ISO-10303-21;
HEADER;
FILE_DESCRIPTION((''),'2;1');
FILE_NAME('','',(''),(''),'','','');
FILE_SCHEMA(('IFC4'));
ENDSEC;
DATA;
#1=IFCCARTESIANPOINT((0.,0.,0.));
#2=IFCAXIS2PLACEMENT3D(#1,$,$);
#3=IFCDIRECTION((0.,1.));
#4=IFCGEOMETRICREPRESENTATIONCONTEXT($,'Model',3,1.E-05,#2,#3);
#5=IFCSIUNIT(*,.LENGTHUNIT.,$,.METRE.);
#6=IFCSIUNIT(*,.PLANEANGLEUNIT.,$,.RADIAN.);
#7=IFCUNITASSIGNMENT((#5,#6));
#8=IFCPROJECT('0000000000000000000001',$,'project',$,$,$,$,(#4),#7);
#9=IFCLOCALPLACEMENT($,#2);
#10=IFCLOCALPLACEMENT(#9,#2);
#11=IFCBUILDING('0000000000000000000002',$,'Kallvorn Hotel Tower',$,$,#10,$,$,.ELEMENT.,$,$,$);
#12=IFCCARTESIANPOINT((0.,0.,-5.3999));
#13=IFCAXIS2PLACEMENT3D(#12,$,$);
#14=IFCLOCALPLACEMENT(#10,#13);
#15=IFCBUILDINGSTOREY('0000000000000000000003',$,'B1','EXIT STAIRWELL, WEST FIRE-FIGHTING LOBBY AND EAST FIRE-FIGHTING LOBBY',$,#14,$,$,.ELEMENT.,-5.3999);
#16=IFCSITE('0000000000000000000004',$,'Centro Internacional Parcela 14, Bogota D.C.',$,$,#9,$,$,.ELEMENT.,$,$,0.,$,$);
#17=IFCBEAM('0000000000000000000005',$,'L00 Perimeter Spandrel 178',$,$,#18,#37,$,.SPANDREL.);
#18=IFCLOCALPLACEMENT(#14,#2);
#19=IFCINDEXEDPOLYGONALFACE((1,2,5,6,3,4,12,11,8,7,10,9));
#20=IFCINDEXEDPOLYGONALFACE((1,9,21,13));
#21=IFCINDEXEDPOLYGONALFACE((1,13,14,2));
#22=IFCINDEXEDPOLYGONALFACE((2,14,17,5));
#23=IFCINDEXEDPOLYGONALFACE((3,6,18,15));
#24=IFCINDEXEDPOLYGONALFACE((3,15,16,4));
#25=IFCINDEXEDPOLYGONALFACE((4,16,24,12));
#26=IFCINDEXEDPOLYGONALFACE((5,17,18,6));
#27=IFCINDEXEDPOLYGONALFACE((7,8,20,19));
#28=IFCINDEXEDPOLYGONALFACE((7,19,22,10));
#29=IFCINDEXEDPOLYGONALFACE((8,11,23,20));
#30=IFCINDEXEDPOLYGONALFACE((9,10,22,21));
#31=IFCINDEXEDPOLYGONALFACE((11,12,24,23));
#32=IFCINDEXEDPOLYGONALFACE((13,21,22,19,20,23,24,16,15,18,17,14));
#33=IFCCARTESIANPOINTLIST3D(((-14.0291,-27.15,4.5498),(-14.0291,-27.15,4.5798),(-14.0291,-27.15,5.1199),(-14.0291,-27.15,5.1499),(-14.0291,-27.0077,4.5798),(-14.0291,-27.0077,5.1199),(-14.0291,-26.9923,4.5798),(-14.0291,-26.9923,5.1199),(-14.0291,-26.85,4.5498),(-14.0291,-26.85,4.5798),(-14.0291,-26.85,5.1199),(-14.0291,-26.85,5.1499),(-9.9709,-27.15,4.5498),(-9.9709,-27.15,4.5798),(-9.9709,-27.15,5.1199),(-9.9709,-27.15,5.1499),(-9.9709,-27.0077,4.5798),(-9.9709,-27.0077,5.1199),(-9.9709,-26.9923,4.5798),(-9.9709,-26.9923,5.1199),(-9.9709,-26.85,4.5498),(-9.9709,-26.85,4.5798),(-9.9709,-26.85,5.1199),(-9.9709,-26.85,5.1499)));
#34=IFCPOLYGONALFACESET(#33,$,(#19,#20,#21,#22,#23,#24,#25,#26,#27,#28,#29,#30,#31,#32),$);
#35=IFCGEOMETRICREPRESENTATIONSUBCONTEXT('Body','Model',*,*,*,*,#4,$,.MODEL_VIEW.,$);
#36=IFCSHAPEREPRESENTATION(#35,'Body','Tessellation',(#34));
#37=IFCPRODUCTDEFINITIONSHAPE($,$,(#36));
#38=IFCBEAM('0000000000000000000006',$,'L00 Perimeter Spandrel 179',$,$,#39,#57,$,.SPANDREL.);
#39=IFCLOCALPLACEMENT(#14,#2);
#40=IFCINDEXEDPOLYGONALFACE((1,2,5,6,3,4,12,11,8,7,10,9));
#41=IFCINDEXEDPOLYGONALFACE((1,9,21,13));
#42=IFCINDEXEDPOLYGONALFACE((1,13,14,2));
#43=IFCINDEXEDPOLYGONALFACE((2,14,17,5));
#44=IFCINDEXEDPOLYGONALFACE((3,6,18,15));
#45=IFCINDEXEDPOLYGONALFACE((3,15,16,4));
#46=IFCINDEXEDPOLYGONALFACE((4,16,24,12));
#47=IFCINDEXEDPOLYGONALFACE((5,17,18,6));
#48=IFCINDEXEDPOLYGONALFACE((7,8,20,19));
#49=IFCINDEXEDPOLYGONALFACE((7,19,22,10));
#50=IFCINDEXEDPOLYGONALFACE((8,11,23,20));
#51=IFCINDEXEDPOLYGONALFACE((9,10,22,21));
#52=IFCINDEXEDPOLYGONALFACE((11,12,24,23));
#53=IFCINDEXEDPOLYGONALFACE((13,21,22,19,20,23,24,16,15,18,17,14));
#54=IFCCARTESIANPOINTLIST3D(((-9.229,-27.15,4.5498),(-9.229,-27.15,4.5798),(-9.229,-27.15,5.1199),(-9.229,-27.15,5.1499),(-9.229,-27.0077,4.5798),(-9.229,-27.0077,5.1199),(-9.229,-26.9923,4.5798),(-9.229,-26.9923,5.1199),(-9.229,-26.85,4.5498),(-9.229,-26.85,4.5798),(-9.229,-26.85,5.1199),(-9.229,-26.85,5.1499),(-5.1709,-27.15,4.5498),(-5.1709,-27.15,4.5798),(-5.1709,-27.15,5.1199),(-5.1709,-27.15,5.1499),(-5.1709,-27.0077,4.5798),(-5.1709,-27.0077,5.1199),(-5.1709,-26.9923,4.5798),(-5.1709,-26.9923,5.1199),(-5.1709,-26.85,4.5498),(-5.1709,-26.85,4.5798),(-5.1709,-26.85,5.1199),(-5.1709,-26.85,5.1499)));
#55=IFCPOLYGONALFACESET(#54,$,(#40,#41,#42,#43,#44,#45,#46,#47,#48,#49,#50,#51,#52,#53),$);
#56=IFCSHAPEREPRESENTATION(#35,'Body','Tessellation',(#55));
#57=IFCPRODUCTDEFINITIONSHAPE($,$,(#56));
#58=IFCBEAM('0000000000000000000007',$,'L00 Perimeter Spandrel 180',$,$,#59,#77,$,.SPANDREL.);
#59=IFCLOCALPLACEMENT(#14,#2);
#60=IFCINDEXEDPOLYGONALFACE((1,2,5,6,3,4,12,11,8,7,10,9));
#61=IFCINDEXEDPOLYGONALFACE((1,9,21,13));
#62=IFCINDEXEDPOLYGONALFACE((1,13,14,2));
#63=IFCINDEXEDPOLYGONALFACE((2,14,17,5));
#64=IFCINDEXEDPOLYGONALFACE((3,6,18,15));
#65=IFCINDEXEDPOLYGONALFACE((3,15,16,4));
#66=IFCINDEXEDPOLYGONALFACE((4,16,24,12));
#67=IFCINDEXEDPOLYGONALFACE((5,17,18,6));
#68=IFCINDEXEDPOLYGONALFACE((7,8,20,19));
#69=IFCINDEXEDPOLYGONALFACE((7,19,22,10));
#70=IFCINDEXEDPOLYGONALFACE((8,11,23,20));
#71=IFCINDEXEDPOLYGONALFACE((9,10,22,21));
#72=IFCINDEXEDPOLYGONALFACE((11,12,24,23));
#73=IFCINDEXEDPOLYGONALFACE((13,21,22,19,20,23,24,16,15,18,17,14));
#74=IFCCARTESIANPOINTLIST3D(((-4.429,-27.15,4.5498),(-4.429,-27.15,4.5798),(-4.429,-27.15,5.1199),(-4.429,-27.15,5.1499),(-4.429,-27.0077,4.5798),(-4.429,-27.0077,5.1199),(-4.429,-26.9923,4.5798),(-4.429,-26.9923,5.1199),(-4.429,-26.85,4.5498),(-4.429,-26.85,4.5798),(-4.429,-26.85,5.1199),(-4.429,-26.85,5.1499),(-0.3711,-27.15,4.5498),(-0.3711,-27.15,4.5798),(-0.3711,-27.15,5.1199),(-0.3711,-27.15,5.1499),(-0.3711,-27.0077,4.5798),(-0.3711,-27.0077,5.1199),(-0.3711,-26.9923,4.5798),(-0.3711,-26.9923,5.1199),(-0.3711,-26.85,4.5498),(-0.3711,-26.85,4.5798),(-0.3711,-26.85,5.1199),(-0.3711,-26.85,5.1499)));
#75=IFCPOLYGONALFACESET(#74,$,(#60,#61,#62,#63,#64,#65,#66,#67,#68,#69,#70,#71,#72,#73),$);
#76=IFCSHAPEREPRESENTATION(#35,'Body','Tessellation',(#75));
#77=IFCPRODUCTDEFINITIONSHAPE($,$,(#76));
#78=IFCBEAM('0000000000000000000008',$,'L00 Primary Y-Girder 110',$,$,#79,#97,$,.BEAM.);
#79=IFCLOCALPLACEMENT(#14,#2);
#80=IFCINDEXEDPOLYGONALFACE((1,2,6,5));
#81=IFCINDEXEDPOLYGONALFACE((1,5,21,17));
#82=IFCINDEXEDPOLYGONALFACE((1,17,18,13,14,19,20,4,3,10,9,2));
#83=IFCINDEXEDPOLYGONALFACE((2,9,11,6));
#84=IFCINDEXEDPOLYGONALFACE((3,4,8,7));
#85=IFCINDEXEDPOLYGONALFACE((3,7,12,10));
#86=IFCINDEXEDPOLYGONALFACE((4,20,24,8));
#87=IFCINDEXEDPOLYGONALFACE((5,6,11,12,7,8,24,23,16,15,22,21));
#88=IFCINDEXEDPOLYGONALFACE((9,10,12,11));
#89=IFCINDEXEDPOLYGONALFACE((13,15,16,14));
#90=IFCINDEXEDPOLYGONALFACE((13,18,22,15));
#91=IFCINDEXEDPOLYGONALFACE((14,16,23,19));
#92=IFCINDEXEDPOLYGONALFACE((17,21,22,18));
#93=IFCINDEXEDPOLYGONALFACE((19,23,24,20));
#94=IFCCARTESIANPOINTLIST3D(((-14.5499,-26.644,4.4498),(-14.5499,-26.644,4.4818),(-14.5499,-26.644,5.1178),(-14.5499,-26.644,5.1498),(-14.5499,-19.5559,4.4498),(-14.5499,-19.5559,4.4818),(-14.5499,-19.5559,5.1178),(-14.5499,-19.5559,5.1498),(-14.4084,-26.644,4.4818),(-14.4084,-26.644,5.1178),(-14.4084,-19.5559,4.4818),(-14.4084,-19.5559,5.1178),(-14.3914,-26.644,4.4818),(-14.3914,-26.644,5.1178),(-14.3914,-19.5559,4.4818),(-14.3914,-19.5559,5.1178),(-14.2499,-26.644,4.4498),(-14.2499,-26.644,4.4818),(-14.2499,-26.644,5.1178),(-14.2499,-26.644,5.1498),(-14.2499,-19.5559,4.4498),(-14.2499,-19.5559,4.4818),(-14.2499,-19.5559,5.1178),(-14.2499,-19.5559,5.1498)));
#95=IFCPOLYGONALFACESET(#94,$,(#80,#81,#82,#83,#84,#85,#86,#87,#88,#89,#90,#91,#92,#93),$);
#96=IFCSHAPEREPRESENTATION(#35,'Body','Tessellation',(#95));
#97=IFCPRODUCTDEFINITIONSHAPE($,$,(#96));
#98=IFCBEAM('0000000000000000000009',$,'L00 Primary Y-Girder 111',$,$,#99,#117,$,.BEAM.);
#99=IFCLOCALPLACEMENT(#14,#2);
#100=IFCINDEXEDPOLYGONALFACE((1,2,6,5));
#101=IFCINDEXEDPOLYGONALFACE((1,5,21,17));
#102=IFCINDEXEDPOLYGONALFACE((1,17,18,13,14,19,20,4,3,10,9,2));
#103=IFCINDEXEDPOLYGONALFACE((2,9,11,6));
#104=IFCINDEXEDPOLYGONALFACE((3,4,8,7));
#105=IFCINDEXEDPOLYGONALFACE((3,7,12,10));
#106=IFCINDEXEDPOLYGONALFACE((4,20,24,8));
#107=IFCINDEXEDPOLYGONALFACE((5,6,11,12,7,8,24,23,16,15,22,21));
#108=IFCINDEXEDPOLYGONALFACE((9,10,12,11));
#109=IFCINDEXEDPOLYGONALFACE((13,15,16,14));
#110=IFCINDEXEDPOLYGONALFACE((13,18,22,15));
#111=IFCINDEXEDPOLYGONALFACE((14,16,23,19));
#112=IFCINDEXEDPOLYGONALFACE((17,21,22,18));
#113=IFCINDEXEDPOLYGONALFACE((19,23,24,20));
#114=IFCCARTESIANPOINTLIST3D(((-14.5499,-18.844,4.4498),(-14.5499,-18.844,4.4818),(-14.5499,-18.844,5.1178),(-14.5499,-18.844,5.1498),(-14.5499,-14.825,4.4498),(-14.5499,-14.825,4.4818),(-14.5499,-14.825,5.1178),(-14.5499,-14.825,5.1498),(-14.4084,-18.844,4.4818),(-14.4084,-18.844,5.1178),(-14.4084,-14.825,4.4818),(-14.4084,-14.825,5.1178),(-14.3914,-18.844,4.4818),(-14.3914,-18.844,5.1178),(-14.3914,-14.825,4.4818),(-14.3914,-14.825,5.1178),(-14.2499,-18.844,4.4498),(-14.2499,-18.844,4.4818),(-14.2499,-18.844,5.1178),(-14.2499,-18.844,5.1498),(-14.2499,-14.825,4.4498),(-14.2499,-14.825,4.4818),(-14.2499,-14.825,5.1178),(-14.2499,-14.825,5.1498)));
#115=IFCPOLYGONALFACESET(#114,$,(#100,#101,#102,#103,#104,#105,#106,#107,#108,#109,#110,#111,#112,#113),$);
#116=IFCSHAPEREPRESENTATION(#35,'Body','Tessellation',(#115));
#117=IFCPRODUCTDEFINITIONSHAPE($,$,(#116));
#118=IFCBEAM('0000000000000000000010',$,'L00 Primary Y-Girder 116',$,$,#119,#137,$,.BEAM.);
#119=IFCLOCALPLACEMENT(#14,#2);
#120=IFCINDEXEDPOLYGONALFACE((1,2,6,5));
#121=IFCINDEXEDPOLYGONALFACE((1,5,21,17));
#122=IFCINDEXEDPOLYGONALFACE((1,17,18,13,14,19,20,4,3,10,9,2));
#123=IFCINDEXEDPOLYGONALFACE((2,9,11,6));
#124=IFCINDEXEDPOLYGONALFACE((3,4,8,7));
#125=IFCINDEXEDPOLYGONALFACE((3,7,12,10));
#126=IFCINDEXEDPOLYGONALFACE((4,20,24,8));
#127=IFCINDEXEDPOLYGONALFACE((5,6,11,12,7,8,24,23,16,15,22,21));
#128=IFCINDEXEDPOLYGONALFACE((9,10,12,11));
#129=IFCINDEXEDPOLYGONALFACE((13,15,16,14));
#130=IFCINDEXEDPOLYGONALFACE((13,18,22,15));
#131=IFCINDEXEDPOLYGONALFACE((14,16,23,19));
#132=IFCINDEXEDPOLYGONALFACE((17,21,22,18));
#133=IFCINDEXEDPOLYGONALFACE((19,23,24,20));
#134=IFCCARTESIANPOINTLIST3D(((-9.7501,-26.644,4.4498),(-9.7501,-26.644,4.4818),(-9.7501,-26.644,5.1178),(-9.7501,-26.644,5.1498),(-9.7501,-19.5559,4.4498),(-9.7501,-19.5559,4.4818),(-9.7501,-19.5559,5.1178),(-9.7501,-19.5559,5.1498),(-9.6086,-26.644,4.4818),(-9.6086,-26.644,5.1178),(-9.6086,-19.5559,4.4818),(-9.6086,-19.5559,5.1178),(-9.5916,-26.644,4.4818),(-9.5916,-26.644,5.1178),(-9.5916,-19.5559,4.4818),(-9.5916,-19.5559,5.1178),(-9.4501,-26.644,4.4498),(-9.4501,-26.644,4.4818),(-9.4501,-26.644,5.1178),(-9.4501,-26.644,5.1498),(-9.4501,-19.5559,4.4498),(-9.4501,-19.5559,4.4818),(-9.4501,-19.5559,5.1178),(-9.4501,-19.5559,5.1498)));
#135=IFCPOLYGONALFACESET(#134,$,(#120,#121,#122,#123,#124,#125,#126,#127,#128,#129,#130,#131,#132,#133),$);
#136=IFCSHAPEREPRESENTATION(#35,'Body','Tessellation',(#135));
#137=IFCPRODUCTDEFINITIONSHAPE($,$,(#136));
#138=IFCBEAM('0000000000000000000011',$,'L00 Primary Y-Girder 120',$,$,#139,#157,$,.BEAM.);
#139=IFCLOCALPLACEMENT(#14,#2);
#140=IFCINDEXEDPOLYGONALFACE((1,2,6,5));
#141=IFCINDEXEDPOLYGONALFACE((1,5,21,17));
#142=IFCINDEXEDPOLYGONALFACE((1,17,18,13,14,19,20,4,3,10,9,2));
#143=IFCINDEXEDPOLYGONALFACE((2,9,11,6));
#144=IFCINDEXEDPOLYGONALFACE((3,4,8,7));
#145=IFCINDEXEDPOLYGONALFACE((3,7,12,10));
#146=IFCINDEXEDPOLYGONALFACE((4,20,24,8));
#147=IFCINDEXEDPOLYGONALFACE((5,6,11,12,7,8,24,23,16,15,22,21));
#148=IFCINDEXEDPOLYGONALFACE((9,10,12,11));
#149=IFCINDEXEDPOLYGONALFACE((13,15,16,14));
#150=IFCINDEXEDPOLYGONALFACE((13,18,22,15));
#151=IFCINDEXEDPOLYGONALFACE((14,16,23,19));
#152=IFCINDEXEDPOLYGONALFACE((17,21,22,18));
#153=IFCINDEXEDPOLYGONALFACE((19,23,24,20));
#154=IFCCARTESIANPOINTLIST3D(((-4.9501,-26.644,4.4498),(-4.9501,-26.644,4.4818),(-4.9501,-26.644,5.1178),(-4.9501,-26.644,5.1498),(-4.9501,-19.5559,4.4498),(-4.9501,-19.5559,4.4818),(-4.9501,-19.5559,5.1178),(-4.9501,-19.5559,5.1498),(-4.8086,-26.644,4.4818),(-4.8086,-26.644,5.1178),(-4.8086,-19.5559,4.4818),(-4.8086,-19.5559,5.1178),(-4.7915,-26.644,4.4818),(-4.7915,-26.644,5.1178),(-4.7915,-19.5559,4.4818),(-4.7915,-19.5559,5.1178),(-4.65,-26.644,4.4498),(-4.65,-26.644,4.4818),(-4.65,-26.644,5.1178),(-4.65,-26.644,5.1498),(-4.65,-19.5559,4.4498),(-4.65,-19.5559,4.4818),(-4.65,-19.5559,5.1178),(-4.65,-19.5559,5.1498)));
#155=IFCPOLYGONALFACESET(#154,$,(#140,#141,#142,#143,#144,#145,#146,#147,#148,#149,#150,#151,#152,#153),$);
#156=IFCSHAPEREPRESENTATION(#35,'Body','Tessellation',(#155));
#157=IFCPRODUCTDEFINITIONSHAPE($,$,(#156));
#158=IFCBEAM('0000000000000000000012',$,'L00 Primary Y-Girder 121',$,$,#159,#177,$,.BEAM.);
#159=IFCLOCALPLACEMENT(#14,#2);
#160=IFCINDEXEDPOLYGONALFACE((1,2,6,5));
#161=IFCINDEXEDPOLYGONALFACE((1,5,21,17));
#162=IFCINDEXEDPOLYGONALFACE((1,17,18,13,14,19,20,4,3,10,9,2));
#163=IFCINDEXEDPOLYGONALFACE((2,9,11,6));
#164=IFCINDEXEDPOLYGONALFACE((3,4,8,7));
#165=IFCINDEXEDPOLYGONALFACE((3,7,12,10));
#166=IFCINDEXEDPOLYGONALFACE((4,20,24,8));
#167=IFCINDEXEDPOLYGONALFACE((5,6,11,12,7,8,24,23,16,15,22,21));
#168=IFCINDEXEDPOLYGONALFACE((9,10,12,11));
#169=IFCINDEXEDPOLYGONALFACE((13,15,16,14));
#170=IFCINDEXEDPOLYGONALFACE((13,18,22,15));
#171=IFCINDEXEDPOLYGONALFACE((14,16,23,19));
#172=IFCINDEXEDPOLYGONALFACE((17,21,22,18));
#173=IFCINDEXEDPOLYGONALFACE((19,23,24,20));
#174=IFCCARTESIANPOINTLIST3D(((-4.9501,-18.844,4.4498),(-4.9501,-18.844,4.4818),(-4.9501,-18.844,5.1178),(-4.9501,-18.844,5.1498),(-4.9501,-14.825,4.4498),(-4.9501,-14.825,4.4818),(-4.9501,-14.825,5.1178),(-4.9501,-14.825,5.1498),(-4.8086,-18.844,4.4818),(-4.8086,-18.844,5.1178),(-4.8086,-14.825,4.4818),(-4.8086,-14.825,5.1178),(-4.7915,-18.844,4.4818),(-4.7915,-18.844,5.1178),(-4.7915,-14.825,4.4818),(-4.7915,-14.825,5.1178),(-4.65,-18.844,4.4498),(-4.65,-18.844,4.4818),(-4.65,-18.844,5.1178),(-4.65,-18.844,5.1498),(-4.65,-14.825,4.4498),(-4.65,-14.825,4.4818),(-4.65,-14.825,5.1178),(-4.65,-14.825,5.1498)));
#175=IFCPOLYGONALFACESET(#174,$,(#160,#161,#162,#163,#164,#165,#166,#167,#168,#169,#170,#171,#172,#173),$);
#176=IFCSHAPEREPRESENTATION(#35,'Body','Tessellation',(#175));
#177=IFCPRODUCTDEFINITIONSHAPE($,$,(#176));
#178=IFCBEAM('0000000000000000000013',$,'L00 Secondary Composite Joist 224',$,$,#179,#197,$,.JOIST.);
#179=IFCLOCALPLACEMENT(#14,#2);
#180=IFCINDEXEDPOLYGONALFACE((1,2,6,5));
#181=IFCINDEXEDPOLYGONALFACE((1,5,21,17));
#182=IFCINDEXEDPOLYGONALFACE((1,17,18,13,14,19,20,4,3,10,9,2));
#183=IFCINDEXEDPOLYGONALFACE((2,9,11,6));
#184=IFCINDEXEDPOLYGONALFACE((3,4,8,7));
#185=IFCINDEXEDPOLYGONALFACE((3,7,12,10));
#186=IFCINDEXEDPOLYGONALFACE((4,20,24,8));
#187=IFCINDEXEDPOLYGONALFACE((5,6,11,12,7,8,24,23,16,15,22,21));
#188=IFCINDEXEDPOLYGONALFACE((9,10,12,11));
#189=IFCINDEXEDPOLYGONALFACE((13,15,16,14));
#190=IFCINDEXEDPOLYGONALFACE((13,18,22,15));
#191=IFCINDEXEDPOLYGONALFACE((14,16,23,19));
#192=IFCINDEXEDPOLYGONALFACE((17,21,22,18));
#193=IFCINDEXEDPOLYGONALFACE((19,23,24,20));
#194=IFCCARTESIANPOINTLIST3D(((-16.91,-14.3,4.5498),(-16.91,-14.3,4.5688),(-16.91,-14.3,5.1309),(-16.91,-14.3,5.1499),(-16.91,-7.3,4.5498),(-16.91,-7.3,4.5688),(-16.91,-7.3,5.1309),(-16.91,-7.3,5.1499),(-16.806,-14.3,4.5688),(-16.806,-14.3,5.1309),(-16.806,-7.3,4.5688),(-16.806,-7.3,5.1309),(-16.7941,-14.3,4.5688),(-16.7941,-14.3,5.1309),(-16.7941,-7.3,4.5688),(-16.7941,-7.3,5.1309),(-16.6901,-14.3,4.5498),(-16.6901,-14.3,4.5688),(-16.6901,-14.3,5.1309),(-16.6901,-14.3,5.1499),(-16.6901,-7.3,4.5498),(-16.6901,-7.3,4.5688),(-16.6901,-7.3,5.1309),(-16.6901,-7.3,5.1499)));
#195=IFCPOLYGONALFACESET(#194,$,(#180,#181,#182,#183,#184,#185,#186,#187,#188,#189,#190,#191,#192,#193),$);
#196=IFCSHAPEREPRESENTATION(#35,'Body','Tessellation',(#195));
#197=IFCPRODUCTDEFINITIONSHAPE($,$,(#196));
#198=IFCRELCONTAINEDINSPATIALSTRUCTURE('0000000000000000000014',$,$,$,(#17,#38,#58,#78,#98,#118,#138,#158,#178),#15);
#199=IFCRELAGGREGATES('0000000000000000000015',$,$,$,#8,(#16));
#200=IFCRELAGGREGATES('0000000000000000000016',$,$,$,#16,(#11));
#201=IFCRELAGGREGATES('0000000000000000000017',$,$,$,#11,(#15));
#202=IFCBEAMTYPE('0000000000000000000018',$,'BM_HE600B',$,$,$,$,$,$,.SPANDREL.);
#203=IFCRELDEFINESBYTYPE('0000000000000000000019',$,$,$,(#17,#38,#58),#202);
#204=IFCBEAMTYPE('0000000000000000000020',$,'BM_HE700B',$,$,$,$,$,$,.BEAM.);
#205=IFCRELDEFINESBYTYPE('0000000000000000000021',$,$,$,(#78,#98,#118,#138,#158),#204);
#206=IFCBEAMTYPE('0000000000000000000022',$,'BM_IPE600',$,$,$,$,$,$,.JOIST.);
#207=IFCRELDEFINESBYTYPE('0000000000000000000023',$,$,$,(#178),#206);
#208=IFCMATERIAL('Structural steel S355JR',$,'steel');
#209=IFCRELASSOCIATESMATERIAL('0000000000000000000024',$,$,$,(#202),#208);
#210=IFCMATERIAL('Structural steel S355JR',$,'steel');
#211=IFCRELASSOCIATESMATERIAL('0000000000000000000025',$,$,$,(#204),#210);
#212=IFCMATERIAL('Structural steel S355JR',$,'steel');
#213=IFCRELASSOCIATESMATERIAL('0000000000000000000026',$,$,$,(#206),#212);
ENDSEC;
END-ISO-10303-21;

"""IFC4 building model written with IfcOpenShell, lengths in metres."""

from ifc_helpers import new_model, si_unit, direction, frame, origin, origin_2d, place, context, subcontext, project, spatial, i_section, extrude, material, material_profile, profile_set, type_object, element, save


model = new_model("IFC4")

# Units and contexts
model_context = context("Model", 3, precision=1e-05, world=origin(), true_north=direction((0.0, 1.0)))
body_context = subcontext(model_context, "Body", "Model", "MODEL_VIEW")
ifc_project = project(units=[si_unit("LENGTHUNIT", "METRE"), si_unit("PLANEANGLEUNIT", "RADIAN")], contexts=[model_context])

# Site, building, storey
site_placement = place(None, origin())
site = spatial("IfcSite", under=ifc_project, at=site_placement, Name="Centro Internacional Parcela 14, Bogota D.C.", CompositionType="ELEMENT", RefElevation=0.0)
building_placement = place(site_placement, origin())
building = spatial("IfcBuilding", under=site, at=building_placement, Name="Kallvorn Hotel Tower", CompositionType="ELEMENT")
storey_placement = place(building_placement, frame((0.0, 0.0, -5.3999)))
storey = spatial("IfcBuildingStorey", under=building, at=storey_placement, Name="B1", Description="EXIT STAIRWELL, WEST FIRE-FIGHTING LOBBY AND EAST FIRE-FIGHTING LOBBY", CompositionType="ELEMENT", Elevation=-5.3999)

# Beams
ifc_material_1 = material(Name="Structural steel S355JR", Category="steel")
ifc_material_profile_1 = material_profile(ifc_material_1, i_section(OverallWidth=0.3, OverallDepth=0.6001, WebThickness=0.0154, FlangeThickness=0.03, at=origin_2d()), Name="HE 600 B")
ifc_profile_set_1 = profile_set([ifc_material_profile_1], Name="Structural steel S355JR")
beam_type_1 = type_object("IfcBeamType", Name="BM_HE600B", PredefinedType="SPANDREL", material=ifc_profile_set_1)
for number, where, z_axis, x_axis, name in (
    (1, (-14.0291, -27.0, 4.8499), (1.0, 0.0, 0.0), (0.0, 1.0, 0.0), "L00 Perimeter Spandrel 178"),
    (2, (-9.229, -27.0, 4.8499), (1.0, 0.0, 0.0), (0.0, 1.0, 0.0), "L00 Perimeter Spandrel 179"),
):
    element("IfcBeam", number, at=place(storey_placement, frame(where, z_axis=z_axis, x_axis=x_axis)), inside=storey, type_object=beam_type_1, Name=name, PredefinedType="SPANDREL", context=body_context, shape_type="SweptSolid", body=[
        extrude(i_section(OverallWidth=0.3, OverallDepth=0.6001, WebThickness=0.0154, FlangeThickness=0.03, at=origin_2d()), origin(), (0.0, 0.0, 1.0), 4.0581),
    ])
beam_1_placement = place(storey_placement, frame((-4.429, -27.0, 4.8499), z_axis=(1.0, 0.0, 0.0), x_axis=(0.0, 1.0, 0.0)))
element("IfcBeam", 3, at=beam_1_placement, inside=storey, type_object=beam_type_1, Name="L00 Perimeter Spandrel 180", PredefinedType="SPANDREL", context=body_context, shape_type="SweptSolid", body=[
    extrude(i_section(OverallWidth=0.3, OverallDepth=0.6001, WebThickness=0.0154, FlangeThickness=0.03, at=origin_2d()), origin(), (0.0, 0.0, 1.0), 4.0579),
])
ifc_material_2 = material(Name="Structural steel S355JR", Category="steel")
ifc_material_profile_2 = material_profile(ifc_material_2, i_section(OverallWidth=0.3, OverallDepth=0.7, WebThickness=0.0171, FlangeThickness=0.032, at=origin_2d()), Name="HE 700 B")
ifc_profile_set_2 = profile_set([ifc_material_profile_2], Name="Structural steel S355JR")
beam_type_2 = type_object("IfcBeamType", Name="BM_HE700B", PredefinedType="BEAM", material=ifc_profile_set_2)
beam_2_placement = place(storey_placement, frame((-14.3999, -26.644, 4.7998), z_axis=(0.0, 1.0, 0.0), x_axis=(-1.0, 0.0, 0.0)))
element("IfcBeam", 4, at=beam_2_placement, inside=storey, type_object=beam_type_2, Name="L00 Primary Y-Girder 110", PredefinedType="BEAM", context=body_context, shape_type="SweptSolid", body=[
    extrude(i_section(OverallWidth=0.3, OverallDepth=0.7, WebThickness=0.0171, FlangeThickness=0.032, at=origin_2d()), origin(), (0.0, 0.0, 1.0), 7.0881),
])
beam_3_placement = place(storey_placement, frame((-14.3999, -18.844, 4.7998), z_axis=(0.0, 1.0, 0.0), x_axis=(-1.0, 0.0, 0.0)))
element("IfcBeam", 5, at=beam_3_placement, inside=storey, type_object=beam_type_2, Name="L00 Primary Y-Girder 111", PredefinedType="BEAM", context=body_context, shape_type="SweptSolid", body=[
    extrude(i_section(OverallWidth=0.3, OverallDepth=0.7, WebThickness=0.0171, FlangeThickness=0.032, at=origin_2d()), origin(), (0.0, 0.0, 1.0), 4.019),
])
for number, where, z_axis, x_axis, name in (
    (6, (-9.6001, -26.644, 4.7998), (0.0, 1.0, 0.0), (-1.0, 0.0, 0.0), "L00 Primary Y-Girder 116"),
    (7, (-4.8, -26.644, 4.7998), (0.0, 1.0, 0.0), (-1.0, 0.0, 0.0), "L00 Primary Y-Girder 120"),
):
    element("IfcBeam", number, at=place(storey_placement, frame(where, z_axis=z_axis, x_axis=x_axis)), inside=storey, type_object=beam_type_2, Name=name, PredefinedType="BEAM", context=body_context, shape_type="SweptSolid", body=[
        extrude(i_section(OverallWidth=0.3, OverallDepth=0.7, WebThickness=0.0171, FlangeThickness=0.032, at=origin_2d()), origin(), (0.0, 0.0, 1.0), 7.0881),
    ])
beam_4_placement = place(storey_placement, frame((-4.8, -18.844, 4.7998), z_axis=(0.0, 1.0, 0.0), x_axis=(-1.0, 0.0, 0.0)))
element("IfcBeam", 8, at=beam_4_placement, inside=storey, type_object=beam_type_2, Name="L00 Primary Y-Girder 121", PredefinedType="BEAM", context=body_context, shape_type="SweptSolid", body=[
    extrude(i_section(OverallWidth=0.3, OverallDepth=0.7, WebThickness=0.0171, FlangeThickness=0.032, at=origin_2d()), origin(), (0.0, 0.0, 1.0), 4.019),
])
ifc_material_3 = material(Name="Structural steel S355JR", Category="steel")
ifc_material_profile_3 = material_profile(ifc_material_3, i_section(OverallWidth=0.22, OverallDepth=0.6001, WebThickness=0.012, FlangeThickness=0.019, at=origin_2d()), Name="IPE 600")
ifc_profile_set_3 = profile_set([ifc_material_profile_3], Name="Structural steel S355JR")
beam_type_3 = type_object("IfcBeamType", Name="BM_IPE600", PredefinedType="JOIST", material=ifc_profile_set_3)
for number, where, z_axis, x_axis, name in (
    (9, (-16.8, -14.3, 4.8499), (0.0, 1.0, 0.0), (-1.0, 0.0, 0.0), "L00 Secondary Composite Joist 224"),
):
    element("IfcBeam", number, at=place(storey_placement, frame(where, z_axis=z_axis, x_axis=x_axis)), inside=storey, type_object=beam_type_3, Name=name, PredefinedType="JOIST", context=body_context, shape_type="SweptSolid", body=[
        extrude(i_section(OverallWidth=0.22, OverallDepth=0.6001, WebThickness=0.012, FlangeThickness=0.019, at=origin_2d()), origin(), (0.0, 0.0, 1.0), 7.0),
    ])

save(model, "model.ifc")
